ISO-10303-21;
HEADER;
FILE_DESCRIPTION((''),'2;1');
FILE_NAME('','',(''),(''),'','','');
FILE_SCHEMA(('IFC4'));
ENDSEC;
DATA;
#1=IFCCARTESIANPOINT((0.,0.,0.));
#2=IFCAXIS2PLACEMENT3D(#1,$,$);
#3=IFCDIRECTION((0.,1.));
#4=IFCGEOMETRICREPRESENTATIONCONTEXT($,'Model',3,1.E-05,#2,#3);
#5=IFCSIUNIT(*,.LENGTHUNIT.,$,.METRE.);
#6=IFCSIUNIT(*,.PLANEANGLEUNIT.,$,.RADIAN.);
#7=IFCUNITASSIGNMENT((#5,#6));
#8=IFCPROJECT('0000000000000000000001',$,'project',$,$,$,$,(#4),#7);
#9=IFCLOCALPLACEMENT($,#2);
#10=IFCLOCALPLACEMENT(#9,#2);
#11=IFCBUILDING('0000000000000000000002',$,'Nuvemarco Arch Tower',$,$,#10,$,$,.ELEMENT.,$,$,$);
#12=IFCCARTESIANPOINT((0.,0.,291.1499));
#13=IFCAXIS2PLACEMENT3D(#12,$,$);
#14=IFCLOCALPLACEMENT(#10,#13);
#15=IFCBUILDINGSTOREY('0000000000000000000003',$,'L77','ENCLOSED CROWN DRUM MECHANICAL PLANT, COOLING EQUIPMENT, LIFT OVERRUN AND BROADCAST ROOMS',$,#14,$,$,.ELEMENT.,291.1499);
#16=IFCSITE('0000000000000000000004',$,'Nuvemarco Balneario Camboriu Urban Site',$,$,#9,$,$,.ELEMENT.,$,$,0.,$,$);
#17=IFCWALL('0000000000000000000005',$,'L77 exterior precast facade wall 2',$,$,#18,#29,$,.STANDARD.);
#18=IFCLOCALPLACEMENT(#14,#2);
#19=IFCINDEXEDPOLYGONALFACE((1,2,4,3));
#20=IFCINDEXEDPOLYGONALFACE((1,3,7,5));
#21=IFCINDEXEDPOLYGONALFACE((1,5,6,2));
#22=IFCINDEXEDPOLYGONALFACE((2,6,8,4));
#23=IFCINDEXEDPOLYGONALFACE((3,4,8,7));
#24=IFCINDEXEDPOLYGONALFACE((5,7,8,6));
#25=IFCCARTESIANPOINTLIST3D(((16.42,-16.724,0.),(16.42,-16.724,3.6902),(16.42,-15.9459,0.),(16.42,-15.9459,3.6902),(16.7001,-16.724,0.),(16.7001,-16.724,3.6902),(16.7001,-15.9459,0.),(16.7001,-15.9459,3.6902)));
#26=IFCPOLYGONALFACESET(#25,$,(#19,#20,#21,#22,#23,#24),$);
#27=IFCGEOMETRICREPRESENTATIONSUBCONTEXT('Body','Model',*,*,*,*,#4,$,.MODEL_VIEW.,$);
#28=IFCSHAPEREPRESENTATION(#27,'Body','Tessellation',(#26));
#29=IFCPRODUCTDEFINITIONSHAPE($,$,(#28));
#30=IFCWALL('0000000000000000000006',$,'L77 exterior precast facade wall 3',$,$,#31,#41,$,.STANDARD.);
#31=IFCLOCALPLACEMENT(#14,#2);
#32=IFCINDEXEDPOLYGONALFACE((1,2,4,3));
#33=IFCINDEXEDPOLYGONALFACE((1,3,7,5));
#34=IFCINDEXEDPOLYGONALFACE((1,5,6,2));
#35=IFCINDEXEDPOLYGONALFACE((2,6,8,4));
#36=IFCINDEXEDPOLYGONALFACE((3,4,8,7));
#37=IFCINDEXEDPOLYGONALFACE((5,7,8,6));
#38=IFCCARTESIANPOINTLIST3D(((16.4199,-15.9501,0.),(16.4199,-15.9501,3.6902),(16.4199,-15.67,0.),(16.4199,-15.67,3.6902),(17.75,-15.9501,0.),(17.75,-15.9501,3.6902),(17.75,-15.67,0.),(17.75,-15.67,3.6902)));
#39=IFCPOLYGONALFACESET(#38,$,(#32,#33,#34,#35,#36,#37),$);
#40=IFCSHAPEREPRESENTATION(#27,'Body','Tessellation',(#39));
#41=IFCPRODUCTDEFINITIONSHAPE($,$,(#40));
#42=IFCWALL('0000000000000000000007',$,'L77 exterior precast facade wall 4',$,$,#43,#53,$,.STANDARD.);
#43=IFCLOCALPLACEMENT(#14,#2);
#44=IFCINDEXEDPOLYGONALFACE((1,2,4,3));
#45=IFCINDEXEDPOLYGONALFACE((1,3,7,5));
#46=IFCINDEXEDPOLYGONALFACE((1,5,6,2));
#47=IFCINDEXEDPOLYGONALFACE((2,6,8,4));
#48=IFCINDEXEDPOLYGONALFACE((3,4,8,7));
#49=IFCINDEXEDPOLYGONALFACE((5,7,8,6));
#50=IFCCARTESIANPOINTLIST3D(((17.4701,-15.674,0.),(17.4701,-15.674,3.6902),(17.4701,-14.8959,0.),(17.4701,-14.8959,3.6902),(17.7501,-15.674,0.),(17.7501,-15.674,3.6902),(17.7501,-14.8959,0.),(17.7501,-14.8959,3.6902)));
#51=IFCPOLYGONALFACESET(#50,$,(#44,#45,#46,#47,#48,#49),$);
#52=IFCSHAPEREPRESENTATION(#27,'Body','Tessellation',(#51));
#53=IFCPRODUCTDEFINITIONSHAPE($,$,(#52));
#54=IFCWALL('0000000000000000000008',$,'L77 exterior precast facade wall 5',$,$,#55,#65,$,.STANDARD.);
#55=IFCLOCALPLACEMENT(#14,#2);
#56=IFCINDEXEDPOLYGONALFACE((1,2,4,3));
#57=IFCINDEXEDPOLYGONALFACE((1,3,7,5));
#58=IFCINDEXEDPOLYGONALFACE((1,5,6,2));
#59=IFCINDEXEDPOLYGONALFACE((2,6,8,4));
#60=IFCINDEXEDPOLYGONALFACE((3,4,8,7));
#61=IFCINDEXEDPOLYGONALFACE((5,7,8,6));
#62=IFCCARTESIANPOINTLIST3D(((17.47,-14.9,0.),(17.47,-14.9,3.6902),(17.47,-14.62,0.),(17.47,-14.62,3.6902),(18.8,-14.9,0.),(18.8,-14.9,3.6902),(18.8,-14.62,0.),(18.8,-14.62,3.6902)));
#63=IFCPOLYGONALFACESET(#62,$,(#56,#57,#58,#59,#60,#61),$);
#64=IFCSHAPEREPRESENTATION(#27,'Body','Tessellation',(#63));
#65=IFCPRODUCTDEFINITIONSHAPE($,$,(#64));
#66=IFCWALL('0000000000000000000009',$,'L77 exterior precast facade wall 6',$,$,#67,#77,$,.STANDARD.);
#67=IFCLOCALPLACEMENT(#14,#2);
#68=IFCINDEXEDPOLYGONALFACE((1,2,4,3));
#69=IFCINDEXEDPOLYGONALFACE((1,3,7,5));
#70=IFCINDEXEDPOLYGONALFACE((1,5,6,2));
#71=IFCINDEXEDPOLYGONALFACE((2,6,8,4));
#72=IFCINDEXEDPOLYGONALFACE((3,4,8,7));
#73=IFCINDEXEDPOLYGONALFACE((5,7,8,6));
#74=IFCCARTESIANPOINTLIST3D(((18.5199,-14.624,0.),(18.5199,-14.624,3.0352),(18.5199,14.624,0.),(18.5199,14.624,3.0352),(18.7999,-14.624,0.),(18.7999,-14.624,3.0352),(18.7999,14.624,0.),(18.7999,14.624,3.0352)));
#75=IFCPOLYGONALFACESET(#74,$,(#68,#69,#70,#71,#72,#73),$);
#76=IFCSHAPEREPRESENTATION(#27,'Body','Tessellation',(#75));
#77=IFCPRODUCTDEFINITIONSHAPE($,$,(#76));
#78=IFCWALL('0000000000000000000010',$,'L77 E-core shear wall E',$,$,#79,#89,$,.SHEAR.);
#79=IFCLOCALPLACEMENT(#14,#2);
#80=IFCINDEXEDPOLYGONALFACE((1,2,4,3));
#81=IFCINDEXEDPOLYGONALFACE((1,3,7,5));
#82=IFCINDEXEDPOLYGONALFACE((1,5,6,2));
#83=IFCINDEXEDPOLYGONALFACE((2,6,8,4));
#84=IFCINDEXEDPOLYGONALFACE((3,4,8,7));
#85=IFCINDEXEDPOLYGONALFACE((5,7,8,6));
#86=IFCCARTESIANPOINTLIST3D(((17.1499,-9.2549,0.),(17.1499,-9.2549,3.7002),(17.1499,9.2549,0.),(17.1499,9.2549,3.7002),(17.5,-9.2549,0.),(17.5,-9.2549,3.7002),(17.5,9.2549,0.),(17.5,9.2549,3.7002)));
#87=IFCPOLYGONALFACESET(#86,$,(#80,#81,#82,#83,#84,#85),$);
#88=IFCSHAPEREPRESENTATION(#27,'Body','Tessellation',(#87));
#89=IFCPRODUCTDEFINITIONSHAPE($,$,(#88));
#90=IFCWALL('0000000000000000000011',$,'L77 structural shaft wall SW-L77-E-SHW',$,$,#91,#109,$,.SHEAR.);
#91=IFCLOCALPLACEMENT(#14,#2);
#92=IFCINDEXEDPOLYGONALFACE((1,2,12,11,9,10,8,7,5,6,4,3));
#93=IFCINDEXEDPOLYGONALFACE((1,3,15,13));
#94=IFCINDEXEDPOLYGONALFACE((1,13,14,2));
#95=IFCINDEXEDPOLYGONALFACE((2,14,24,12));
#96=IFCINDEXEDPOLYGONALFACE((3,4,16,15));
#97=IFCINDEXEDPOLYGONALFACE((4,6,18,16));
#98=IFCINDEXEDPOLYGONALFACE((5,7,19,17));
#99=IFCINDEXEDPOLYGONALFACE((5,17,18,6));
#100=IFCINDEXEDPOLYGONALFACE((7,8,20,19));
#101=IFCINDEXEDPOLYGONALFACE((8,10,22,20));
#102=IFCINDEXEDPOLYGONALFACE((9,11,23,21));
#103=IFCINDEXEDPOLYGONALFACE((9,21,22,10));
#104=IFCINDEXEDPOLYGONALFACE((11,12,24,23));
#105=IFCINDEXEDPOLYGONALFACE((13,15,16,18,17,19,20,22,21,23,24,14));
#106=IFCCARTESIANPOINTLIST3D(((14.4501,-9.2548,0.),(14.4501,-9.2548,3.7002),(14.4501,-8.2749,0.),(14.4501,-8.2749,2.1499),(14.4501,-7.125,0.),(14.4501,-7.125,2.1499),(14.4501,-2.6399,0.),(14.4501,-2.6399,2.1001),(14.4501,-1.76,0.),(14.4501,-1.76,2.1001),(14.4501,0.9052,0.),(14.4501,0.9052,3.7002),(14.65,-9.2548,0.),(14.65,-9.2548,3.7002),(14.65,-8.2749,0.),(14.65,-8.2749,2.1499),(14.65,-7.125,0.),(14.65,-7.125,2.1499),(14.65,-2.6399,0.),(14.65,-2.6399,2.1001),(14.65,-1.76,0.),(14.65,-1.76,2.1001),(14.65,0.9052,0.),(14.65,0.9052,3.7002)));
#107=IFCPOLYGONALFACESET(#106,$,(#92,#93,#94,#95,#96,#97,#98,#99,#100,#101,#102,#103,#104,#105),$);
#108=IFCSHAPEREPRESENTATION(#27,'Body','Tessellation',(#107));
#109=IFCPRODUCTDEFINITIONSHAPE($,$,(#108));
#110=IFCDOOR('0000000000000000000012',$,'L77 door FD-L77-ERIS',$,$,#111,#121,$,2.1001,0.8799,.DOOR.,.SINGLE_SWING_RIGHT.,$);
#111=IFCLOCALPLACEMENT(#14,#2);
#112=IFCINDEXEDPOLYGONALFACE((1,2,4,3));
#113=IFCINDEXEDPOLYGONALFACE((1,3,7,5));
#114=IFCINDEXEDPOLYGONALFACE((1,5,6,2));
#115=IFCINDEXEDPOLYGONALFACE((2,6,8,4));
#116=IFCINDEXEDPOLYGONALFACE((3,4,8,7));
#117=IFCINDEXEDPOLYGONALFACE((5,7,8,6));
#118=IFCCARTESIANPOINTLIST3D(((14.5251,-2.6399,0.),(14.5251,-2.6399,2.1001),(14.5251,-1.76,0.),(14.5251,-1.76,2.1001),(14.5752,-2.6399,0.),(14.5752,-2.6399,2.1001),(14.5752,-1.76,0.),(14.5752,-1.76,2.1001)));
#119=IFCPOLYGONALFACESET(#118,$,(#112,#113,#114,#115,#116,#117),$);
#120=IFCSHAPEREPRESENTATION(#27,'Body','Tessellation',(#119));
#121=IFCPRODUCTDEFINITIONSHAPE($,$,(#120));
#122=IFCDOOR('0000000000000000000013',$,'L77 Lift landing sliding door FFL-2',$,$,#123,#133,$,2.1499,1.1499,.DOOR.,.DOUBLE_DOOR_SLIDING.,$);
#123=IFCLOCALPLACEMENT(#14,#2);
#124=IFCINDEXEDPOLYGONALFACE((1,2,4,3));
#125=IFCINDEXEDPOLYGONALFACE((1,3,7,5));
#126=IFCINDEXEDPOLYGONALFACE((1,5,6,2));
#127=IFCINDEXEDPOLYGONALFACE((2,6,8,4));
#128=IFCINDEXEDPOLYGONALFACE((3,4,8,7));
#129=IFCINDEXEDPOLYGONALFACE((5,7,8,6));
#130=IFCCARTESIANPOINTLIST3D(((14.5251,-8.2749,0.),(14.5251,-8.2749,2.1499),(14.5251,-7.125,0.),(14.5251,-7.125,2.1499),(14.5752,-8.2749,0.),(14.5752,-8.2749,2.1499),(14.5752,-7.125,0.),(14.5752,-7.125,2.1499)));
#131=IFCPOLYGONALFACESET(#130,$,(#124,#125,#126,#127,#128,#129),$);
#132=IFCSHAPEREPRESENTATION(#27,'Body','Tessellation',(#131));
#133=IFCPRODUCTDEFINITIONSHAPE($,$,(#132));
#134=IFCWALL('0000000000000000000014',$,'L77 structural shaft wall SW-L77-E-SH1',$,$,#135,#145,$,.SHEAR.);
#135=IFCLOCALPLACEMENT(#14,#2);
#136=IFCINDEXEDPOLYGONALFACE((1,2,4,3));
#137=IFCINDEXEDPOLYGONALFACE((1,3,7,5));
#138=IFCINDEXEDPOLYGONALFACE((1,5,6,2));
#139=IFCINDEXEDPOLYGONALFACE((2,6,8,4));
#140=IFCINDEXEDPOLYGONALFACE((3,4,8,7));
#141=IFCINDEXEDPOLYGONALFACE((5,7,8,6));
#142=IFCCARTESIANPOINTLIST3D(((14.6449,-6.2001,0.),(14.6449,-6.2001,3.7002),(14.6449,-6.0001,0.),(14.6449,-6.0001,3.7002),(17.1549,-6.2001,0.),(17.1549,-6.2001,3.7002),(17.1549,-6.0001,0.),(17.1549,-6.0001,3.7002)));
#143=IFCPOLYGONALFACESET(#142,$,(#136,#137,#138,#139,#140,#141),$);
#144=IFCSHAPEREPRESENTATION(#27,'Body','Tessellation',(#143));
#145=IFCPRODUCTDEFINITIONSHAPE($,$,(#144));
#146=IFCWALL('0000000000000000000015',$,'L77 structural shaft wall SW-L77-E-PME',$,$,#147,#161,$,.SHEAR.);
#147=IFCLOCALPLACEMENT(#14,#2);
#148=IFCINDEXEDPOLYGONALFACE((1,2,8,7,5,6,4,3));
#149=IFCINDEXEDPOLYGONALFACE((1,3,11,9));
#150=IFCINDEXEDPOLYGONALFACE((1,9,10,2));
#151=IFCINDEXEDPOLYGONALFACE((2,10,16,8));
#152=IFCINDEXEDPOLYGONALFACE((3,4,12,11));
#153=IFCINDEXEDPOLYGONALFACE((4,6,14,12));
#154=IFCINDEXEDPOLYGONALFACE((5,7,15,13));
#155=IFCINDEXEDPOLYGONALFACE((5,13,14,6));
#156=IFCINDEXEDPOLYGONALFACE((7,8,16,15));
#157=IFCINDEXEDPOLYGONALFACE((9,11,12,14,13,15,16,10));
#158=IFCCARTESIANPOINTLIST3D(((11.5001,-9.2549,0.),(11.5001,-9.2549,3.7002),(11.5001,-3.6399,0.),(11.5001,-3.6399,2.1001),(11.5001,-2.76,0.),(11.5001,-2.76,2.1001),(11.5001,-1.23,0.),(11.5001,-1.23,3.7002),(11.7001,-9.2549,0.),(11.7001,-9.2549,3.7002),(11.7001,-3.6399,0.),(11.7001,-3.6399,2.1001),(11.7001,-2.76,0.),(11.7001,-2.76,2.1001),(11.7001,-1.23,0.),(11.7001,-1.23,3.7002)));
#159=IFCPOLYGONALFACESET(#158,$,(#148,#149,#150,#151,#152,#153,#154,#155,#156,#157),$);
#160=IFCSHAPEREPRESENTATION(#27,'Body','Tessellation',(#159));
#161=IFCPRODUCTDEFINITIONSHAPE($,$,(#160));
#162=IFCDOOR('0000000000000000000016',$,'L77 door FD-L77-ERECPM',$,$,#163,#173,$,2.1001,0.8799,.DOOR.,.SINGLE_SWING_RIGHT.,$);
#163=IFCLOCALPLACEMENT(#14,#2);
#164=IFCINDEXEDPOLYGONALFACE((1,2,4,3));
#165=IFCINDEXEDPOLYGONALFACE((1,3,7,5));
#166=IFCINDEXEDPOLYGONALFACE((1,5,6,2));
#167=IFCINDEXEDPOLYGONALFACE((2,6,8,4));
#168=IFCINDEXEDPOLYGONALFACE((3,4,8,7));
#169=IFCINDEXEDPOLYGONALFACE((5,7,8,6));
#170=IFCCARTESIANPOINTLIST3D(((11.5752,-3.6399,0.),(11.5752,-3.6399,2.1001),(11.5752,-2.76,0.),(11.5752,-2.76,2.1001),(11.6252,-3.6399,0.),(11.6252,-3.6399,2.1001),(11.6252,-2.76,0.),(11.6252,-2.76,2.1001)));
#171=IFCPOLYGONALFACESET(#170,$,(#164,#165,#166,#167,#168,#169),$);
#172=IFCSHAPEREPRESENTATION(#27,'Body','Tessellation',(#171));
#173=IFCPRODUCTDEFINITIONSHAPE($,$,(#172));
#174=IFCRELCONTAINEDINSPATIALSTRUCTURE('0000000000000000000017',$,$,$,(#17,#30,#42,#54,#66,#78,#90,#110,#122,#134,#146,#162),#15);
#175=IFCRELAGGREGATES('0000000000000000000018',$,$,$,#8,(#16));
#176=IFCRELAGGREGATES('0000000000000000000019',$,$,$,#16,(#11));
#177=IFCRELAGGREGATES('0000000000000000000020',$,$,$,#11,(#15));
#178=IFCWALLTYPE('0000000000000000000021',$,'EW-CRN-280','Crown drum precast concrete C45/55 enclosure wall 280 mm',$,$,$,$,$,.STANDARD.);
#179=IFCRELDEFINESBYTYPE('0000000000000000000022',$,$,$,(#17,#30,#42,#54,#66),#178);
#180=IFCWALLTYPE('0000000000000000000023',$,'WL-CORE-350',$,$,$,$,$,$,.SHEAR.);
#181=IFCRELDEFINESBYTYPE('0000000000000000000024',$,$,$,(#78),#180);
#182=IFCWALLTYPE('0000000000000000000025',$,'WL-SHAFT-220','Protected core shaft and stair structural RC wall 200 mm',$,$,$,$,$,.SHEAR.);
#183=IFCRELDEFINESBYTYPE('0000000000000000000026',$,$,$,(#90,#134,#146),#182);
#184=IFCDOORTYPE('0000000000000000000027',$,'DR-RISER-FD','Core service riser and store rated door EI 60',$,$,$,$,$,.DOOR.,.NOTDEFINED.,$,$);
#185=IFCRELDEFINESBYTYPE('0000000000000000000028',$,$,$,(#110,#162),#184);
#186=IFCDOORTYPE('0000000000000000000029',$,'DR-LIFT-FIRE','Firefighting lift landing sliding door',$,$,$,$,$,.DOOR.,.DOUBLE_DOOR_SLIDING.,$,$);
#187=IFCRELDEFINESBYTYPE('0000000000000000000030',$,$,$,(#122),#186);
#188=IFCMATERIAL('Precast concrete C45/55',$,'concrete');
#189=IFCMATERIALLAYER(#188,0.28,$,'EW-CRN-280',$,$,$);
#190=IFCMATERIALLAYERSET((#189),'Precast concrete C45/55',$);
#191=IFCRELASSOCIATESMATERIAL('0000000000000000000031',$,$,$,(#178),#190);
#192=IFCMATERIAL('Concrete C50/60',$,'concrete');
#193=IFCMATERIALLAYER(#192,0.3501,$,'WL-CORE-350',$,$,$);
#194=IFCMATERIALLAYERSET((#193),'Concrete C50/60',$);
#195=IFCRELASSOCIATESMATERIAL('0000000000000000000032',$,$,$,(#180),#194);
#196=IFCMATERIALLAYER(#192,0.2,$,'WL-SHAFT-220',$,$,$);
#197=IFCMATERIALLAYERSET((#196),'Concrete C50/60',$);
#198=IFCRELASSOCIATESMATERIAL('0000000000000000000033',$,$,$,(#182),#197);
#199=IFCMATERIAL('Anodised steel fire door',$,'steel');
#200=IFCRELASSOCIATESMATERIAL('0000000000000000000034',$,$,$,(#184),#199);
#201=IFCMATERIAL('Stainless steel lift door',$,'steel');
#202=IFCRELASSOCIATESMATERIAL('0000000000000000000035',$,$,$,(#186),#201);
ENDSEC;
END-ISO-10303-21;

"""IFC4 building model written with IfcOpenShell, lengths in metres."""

from ifc_helpers import new_model, si_unit, direction, frame, frame_2d, origin, place, context, subcontext, project, spatial, rectangle, extrude, source, transform, mapped, material, layer, layer_set, type_object, type_shapes, element, fill, save


model = new_model("IFC4")

# Units and contexts
model_context = context("Model", 3, precision=1e-05, world=origin(), true_north=direction((0.0, 1.0)))
body_context = subcontext(model_context, "Body", "Model", "MODEL_VIEW")
ifc_project = project(units=[si_unit("LENGTHUNIT", "METRE"), si_unit("PLANEANGLEUNIT", "RADIAN")], contexts=[model_context])

# Site, building, storey
site_placement = place(None, origin())
site = spatial("IfcSite", under=ifc_project, at=site_placement, Name="Nuvemarco Balneario Camboriu Urban Site", CompositionType="ELEMENT", RefElevation=0.0)
building_placement = place(site_placement, origin())
building = spatial("IfcBuilding", under=site, at=building_placement, Name="Nuvemarco Arch Tower", CompositionType="ELEMENT")
storey_placement = place(building_placement, frame((0.0, 0.0, 291.1499)))
storey = spatial("IfcBuildingStorey", under=building, at=storey_placement, Name="L77", Description="ENCLOSED CROWN DRUM MECHANICAL PLANT, COOLING EQUIPMENT, LIFT OVERRUN AND BROADCAST ROOMS", CompositionType="ELEMENT", Elevation=291.1499)

# Shared definitions
ifc_material_1 = material(Name="Concrete C50/60", Category="concrete")

# Shared definitions
ifc_material_2 = material(Name="Precast concrete C45/55", Category="concrete")

# Walls
ifc_layer_1 = layer(ifc_material_2, 0.28, Name="EW-CRN-280")
ifc_layer_set_1 = layer_set([ifc_layer_1], Name="Precast concrete C45/55")
wall_type_1 = type_object("IfcWallType", Name="EW-CRN-280", Description="Crown drum precast concrete C45/55 enclosure wall 280 mm", PredefinedType="STANDARD", material=ifc_layer_set_1)
wall_1_placement = place(storey_placement, frame((16.5601, -16.7241, 0.0), z_axis=(0.0, 0.0, 1.0), x_axis=(0.0, 1.0, 0.0)))
element("IfcWall", 1, at=wall_1_placement, inside=storey, type_object=wall_type_1, Name="L77 exterior precast facade wall 2", PredefinedType="STANDARD", context=body_context, shape_type="SweptSolid", body=[
    extrude(rectangle(XDim=0.7781, YDim=0.28, at=frame_2d((0.3892, 0.0))), origin(), (0.0, 0.0, 1.0), 3.6902),
])
wall_2_placement = place(storey_placement, frame((16.4199, -15.8101, 0.0), z_axis=(0.0, 0.0, 1.0), x_axis=(1.0, 0.0, 0.0)))
element("IfcWall", 2, at=wall_2_placement, inside=storey, type_object=wall_type_1, Name="L77 exterior precast facade wall 3", PredefinedType="STANDARD", context=body_context, shape_type="SweptSolid", body=[
    extrude(rectangle(XDim=1.3301, YDim=0.28, at=frame_2d((0.665, 0.0))), origin(), (0.0, 0.0, 1.0), 3.6902),
])
wall_3_placement = place(storey_placement, frame((17.6101, -15.6741, 0.0), z_axis=(0.0, 0.0, 1.0), x_axis=(0.0, 1.0, 0.0)))
element("IfcWall", 3, at=wall_3_placement, inside=storey, type_object=wall_type_1, Name="L77 exterior precast facade wall 4", PredefinedType="STANDARD", context=body_context, shape_type="SweptSolid", body=[
    extrude(rectangle(XDim=0.7781, YDim=0.28, at=frame_2d((0.3892, 0.0))), origin(), (0.0, 0.0, 1.0), 3.6902),
])
wall_4_placement = place(storey_placement, frame((17.47, -14.76, 0.0), z_axis=(0.0, 0.0, 1.0), x_axis=(1.0, 0.0, 0.0)))
element("IfcWall", 4, at=wall_4_placement, inside=storey, type_object=wall_type_1, Name="L77 exterior precast facade wall 5", PredefinedType="STANDARD", context=body_context, shape_type="SweptSolid", body=[
    extrude(rectangle(XDim=1.3301, YDim=0.28, at=frame_2d((0.665, 0.0))), origin(), (0.0, 0.0, 1.0), 3.6902),
])
wall_5_placement = place(storey_placement, frame((18.6599, -14.624, 0.0), z_axis=(0.0, 0.0, 1.0), x_axis=(0.0, 1.0, 0.0)))
element("IfcWall", 5, at=wall_5_placement, inside=storey, type_object=wall_type_1, Name="L77 exterior precast facade wall 6", PredefinedType="STANDARD", context=body_context, shape_type="SweptSolid", body=[
    extrude(rectangle(XDim=29.248, YDim=0.28, at=frame_2d((14.624, 0.0))), origin(), (0.0, 0.0, 1.0), 3.0352),
])
ifc_layer_2 = layer(ifc_material_1, 0.3501, Name="WL-CORE-350")
ifc_layer_set_2 = layer_set([ifc_layer_2], Name="Concrete C50/60")
wall_type_2 = type_object("IfcWallType", Name="WL-CORE-350", PredefinedType="SHEAR", material=ifc_layer_set_2)
wall_6_placement = place(storey_placement, frame((17.325, -9.2549, 0.0), z_axis=(0.0, 0.0, 1.0), x_axis=(0.0, 1.0, 0.0)))
element("IfcWall", 6, at=wall_6_placement, inside=storey, type_object=wall_type_2, Name="L77 E-core shear wall E", PredefinedType="SHEAR", context=body_context, shape_type="SweptSolid", body=[
    extrude(rectangle(XDim=18.5098, YDim=0.3501, at=frame_2d((9.2549, 0.0))), origin(), (0.0, 0.0, 1.0), 3.7002),
])

# Wall, openings, doors
ifc_layer_3 = layer(ifc_material_1, 0.2, Name="WL-SHAFT-220")
ifc_layer_set_3 = layer_set([ifc_layer_3], Name="Concrete C50/60")
wall_type_3 = type_object("IfcWallType", Name="WL-SHAFT-220", Description="Protected core shaft and stair structural RC wall 200 mm", PredefinedType="SHEAR", material=ifc_layer_set_3)
wall_7_placement = place(storey_placement, frame((14.55, -9.2549, 0.0), z_axis=(0.0, 0.0, 1.0), x_axis=(0.0, 1.0, 0.0)))
wall_7 = element("IfcWall", 7, at=wall_7_placement, inside=storey, type_object=wall_type_3, Name="L77 structural shaft wall SW-L77-E-SHW", PredefinedType="SHEAR", context=body_context, shape_type="SweptSolid", body=[
    extrude(rectangle(XDim=10.1599, YDim=0.2, at=frame_2d((5.0801, 0.0))), origin(), (0.0, 0.0, 1.0), 3.7002),
])
opening_1_placement = place(wall_7_placement, frame((6.615, 0.0, 0.0)))
opening_1 = element("IfcOpeningElement", 8, at=opening_1_placement, cuts=wall_7, PredefinedType="OPENING", context=body_context, shape_type="SweptSolid", body=[
    extrude(rectangle(XDim=0.8799, YDim=2.1001, at=frame_2d((0.4399, 1.05))), frame((0.0, 0.1099, 0.0), z_axis=(0.0, -1.0, 0.0), x_axis=(1.0, 0.0, 0.0)), (0.0, 0.0, 1.0), 0.22),
])
opening_2_placement = place(wall_7_placement, frame((0.98, 0.0, 0.0)))
opening_2 = element("IfcOpeningElement", 9, at=opening_2_placement, cuts=wall_7, PredefinedType="OPENING", context=body_context, shape_type="SweptSolid", body=[
    extrude(rectangle(XDim=1.1499, YDim=2.1499, at=frame_2d((0.575, 1.075))), frame((0.0, 0.1099, 0.0), z_axis=(0.0, -1.0, 0.0), x_axis=(1.0, 0.0, 0.0)), (0.0, 0.0, 1.0), 0.22),
])
ifc_material_3 = material(Name="Anodised steel fire door", Category="steel")
door_type_1 = type_object("IfcDoorType", Name="DR-RISER-FD", Description="Core service riser and store rated door EI 60", OperationType="NOTDEFINED", PredefinedType="DOOR", material=ifc_material_3)
shared_shape_1 = source(origin(), body_context, "Body", "SweptSolid", [
    extrude(rectangle(XDim=0.8799, YDim=2.1001, at=frame_2d((0.4399, 1.05))), frame((0.0, 0.0249, 0.0), z_axis=(0.0, -1.0, 0.0), x_axis=(1.0, 0.0, 0.0)), (0.0, 0.0, 1.0), 0.05),
])
type_shapes(door_type_1, [shared_shape_1])
door_1_placement = place(opening_1_placement, origin())
door_1 = element("IfcDoor", 10, at=door_1_placement, inside=storey, type_object=door_type_1, Name="L77 door FD-L77-ERIS", OperationType="SINGLE_SWING_RIGHT", OverallHeight=2.1001, OverallWidth=0.8799, PredefinedType="DOOR", context=body_context, shape_type="MappedRepresentation", body=[
    mapped(shared_shape_1, transform((0.0, 0.0, 0.0), scale=1.0)),
])
fill(opening_1, door_1)
ifc_material_4 = material(Name="Stainless steel lift door", Category="steel")
door_type_2 = type_object("IfcDoorType", Name="DR-LIFT-FIRE", Description="Firefighting lift landing sliding door", OperationType="DOUBLE_DOOR_SLIDING", PredefinedType="DOOR", material=ifc_material_4)
shared_shape_2 = source(origin(), body_context, "Body", "SweptSolid", [
    extrude(rectangle(XDim=1.1499, YDim=2.1499, at=frame_2d((0.575, 1.075))), frame((0.0, 0.0249, 0.0), z_axis=(0.0, -1.0, 0.0), x_axis=(1.0, 0.0, 0.0)), (0.0, 0.0, 1.0), 0.05),
])
type_shapes(door_type_2, [shared_shape_2])
door_2_placement = place(opening_2_placement, origin())
door_2 = element("IfcDoor", 11, at=door_2_placement, inside=storey, type_object=door_type_2, Name="L77 Lift landing sliding door FFL-2", OperationType="DOUBLE_DOOR_SLIDING", OverallHeight=2.1499, OverallWidth=1.1499, PredefinedType="DOOR", context=body_context, shape_type="MappedRepresentation", body=[
    mapped(shared_shape_2, transform((0.0, 0.0, 0.0), scale=1.0)),
])
fill(opening_2, door_2)

# Wall
wall_8_placement = place(storey_placement, frame((14.645, -6.1001, 0.0), z_axis=(0.0, 0.0, 1.0), x_axis=(1.0, 0.0, 0.0)))
element("IfcWall", 12, at=wall_8_placement, inside=storey, type_object=wall_type_3, Name="L77 structural shaft wall SW-L77-E-SH1", PredefinedType="SHEAR", context=body_context, shape_type="SweptSolid", body=[
    extrude(rectangle(XDim=2.51, YDim=0.2, at=frame_2d((1.2549, 0.0))), origin(), (0.0, 0.0, 1.0), 3.7002),
])

# Wall, opening, door
wall_9_placement = place(storey_placement, frame((11.6001, -9.2549, 0.0), z_axis=(0.0, 0.0, 1.0), x_axis=(0.0, 1.0, 0.0)))
wall_9 = element("IfcWall", 13, at=wall_9_placement, inside=storey, type_object=wall_type_3, Name="L77 structural shaft wall SW-L77-E-PME", PredefinedType="SHEAR", context=body_context, shape_type="SweptSolid", body=[
    extrude(rectangle(XDim=8.0249, YDim=0.2, at=frame_2d((4.0125, 0.0))), origin(), (0.0, 0.0, 1.0), 3.7002),
])
opening_3_placement = place(wall_9_placement, frame((5.615, 0.0, 0.0)))
opening_3 = element("IfcOpeningElement", 14, at=opening_3_placement, cuts=wall_9, PredefinedType="OPENING", context=body_context, shape_type="SweptSolid", body=[
    extrude(rectangle(XDim=0.8799, YDim=2.1001, at=frame_2d((0.4399, 1.05))), frame((0.0, 0.1099, 0.0), z_axis=(0.0, -1.0, 0.0), x_axis=(1.0, 0.0, 0.0)), (0.0, 0.0, 1.0), 0.22),
])
door_3_placement = place(opening_3_placement, origin())
door_3 = element("IfcDoor", 15, at=door_3_placement, inside=storey, type_object=door_type_1, Name="L77 door FD-L77-ERECPM", OperationType="SINGLE_SWING_RIGHT", OverallHeight=2.1001, OverallWidth=0.8799, PredefinedType="DOOR", context=body_context, shape_type="MappedRepresentation", body=[
    mapped(shared_shape_1, transform((0.0, 0.0, 0.0), scale=1.0)),
])
fill(opening_3, door_3)

save(model, "model.ifc")
